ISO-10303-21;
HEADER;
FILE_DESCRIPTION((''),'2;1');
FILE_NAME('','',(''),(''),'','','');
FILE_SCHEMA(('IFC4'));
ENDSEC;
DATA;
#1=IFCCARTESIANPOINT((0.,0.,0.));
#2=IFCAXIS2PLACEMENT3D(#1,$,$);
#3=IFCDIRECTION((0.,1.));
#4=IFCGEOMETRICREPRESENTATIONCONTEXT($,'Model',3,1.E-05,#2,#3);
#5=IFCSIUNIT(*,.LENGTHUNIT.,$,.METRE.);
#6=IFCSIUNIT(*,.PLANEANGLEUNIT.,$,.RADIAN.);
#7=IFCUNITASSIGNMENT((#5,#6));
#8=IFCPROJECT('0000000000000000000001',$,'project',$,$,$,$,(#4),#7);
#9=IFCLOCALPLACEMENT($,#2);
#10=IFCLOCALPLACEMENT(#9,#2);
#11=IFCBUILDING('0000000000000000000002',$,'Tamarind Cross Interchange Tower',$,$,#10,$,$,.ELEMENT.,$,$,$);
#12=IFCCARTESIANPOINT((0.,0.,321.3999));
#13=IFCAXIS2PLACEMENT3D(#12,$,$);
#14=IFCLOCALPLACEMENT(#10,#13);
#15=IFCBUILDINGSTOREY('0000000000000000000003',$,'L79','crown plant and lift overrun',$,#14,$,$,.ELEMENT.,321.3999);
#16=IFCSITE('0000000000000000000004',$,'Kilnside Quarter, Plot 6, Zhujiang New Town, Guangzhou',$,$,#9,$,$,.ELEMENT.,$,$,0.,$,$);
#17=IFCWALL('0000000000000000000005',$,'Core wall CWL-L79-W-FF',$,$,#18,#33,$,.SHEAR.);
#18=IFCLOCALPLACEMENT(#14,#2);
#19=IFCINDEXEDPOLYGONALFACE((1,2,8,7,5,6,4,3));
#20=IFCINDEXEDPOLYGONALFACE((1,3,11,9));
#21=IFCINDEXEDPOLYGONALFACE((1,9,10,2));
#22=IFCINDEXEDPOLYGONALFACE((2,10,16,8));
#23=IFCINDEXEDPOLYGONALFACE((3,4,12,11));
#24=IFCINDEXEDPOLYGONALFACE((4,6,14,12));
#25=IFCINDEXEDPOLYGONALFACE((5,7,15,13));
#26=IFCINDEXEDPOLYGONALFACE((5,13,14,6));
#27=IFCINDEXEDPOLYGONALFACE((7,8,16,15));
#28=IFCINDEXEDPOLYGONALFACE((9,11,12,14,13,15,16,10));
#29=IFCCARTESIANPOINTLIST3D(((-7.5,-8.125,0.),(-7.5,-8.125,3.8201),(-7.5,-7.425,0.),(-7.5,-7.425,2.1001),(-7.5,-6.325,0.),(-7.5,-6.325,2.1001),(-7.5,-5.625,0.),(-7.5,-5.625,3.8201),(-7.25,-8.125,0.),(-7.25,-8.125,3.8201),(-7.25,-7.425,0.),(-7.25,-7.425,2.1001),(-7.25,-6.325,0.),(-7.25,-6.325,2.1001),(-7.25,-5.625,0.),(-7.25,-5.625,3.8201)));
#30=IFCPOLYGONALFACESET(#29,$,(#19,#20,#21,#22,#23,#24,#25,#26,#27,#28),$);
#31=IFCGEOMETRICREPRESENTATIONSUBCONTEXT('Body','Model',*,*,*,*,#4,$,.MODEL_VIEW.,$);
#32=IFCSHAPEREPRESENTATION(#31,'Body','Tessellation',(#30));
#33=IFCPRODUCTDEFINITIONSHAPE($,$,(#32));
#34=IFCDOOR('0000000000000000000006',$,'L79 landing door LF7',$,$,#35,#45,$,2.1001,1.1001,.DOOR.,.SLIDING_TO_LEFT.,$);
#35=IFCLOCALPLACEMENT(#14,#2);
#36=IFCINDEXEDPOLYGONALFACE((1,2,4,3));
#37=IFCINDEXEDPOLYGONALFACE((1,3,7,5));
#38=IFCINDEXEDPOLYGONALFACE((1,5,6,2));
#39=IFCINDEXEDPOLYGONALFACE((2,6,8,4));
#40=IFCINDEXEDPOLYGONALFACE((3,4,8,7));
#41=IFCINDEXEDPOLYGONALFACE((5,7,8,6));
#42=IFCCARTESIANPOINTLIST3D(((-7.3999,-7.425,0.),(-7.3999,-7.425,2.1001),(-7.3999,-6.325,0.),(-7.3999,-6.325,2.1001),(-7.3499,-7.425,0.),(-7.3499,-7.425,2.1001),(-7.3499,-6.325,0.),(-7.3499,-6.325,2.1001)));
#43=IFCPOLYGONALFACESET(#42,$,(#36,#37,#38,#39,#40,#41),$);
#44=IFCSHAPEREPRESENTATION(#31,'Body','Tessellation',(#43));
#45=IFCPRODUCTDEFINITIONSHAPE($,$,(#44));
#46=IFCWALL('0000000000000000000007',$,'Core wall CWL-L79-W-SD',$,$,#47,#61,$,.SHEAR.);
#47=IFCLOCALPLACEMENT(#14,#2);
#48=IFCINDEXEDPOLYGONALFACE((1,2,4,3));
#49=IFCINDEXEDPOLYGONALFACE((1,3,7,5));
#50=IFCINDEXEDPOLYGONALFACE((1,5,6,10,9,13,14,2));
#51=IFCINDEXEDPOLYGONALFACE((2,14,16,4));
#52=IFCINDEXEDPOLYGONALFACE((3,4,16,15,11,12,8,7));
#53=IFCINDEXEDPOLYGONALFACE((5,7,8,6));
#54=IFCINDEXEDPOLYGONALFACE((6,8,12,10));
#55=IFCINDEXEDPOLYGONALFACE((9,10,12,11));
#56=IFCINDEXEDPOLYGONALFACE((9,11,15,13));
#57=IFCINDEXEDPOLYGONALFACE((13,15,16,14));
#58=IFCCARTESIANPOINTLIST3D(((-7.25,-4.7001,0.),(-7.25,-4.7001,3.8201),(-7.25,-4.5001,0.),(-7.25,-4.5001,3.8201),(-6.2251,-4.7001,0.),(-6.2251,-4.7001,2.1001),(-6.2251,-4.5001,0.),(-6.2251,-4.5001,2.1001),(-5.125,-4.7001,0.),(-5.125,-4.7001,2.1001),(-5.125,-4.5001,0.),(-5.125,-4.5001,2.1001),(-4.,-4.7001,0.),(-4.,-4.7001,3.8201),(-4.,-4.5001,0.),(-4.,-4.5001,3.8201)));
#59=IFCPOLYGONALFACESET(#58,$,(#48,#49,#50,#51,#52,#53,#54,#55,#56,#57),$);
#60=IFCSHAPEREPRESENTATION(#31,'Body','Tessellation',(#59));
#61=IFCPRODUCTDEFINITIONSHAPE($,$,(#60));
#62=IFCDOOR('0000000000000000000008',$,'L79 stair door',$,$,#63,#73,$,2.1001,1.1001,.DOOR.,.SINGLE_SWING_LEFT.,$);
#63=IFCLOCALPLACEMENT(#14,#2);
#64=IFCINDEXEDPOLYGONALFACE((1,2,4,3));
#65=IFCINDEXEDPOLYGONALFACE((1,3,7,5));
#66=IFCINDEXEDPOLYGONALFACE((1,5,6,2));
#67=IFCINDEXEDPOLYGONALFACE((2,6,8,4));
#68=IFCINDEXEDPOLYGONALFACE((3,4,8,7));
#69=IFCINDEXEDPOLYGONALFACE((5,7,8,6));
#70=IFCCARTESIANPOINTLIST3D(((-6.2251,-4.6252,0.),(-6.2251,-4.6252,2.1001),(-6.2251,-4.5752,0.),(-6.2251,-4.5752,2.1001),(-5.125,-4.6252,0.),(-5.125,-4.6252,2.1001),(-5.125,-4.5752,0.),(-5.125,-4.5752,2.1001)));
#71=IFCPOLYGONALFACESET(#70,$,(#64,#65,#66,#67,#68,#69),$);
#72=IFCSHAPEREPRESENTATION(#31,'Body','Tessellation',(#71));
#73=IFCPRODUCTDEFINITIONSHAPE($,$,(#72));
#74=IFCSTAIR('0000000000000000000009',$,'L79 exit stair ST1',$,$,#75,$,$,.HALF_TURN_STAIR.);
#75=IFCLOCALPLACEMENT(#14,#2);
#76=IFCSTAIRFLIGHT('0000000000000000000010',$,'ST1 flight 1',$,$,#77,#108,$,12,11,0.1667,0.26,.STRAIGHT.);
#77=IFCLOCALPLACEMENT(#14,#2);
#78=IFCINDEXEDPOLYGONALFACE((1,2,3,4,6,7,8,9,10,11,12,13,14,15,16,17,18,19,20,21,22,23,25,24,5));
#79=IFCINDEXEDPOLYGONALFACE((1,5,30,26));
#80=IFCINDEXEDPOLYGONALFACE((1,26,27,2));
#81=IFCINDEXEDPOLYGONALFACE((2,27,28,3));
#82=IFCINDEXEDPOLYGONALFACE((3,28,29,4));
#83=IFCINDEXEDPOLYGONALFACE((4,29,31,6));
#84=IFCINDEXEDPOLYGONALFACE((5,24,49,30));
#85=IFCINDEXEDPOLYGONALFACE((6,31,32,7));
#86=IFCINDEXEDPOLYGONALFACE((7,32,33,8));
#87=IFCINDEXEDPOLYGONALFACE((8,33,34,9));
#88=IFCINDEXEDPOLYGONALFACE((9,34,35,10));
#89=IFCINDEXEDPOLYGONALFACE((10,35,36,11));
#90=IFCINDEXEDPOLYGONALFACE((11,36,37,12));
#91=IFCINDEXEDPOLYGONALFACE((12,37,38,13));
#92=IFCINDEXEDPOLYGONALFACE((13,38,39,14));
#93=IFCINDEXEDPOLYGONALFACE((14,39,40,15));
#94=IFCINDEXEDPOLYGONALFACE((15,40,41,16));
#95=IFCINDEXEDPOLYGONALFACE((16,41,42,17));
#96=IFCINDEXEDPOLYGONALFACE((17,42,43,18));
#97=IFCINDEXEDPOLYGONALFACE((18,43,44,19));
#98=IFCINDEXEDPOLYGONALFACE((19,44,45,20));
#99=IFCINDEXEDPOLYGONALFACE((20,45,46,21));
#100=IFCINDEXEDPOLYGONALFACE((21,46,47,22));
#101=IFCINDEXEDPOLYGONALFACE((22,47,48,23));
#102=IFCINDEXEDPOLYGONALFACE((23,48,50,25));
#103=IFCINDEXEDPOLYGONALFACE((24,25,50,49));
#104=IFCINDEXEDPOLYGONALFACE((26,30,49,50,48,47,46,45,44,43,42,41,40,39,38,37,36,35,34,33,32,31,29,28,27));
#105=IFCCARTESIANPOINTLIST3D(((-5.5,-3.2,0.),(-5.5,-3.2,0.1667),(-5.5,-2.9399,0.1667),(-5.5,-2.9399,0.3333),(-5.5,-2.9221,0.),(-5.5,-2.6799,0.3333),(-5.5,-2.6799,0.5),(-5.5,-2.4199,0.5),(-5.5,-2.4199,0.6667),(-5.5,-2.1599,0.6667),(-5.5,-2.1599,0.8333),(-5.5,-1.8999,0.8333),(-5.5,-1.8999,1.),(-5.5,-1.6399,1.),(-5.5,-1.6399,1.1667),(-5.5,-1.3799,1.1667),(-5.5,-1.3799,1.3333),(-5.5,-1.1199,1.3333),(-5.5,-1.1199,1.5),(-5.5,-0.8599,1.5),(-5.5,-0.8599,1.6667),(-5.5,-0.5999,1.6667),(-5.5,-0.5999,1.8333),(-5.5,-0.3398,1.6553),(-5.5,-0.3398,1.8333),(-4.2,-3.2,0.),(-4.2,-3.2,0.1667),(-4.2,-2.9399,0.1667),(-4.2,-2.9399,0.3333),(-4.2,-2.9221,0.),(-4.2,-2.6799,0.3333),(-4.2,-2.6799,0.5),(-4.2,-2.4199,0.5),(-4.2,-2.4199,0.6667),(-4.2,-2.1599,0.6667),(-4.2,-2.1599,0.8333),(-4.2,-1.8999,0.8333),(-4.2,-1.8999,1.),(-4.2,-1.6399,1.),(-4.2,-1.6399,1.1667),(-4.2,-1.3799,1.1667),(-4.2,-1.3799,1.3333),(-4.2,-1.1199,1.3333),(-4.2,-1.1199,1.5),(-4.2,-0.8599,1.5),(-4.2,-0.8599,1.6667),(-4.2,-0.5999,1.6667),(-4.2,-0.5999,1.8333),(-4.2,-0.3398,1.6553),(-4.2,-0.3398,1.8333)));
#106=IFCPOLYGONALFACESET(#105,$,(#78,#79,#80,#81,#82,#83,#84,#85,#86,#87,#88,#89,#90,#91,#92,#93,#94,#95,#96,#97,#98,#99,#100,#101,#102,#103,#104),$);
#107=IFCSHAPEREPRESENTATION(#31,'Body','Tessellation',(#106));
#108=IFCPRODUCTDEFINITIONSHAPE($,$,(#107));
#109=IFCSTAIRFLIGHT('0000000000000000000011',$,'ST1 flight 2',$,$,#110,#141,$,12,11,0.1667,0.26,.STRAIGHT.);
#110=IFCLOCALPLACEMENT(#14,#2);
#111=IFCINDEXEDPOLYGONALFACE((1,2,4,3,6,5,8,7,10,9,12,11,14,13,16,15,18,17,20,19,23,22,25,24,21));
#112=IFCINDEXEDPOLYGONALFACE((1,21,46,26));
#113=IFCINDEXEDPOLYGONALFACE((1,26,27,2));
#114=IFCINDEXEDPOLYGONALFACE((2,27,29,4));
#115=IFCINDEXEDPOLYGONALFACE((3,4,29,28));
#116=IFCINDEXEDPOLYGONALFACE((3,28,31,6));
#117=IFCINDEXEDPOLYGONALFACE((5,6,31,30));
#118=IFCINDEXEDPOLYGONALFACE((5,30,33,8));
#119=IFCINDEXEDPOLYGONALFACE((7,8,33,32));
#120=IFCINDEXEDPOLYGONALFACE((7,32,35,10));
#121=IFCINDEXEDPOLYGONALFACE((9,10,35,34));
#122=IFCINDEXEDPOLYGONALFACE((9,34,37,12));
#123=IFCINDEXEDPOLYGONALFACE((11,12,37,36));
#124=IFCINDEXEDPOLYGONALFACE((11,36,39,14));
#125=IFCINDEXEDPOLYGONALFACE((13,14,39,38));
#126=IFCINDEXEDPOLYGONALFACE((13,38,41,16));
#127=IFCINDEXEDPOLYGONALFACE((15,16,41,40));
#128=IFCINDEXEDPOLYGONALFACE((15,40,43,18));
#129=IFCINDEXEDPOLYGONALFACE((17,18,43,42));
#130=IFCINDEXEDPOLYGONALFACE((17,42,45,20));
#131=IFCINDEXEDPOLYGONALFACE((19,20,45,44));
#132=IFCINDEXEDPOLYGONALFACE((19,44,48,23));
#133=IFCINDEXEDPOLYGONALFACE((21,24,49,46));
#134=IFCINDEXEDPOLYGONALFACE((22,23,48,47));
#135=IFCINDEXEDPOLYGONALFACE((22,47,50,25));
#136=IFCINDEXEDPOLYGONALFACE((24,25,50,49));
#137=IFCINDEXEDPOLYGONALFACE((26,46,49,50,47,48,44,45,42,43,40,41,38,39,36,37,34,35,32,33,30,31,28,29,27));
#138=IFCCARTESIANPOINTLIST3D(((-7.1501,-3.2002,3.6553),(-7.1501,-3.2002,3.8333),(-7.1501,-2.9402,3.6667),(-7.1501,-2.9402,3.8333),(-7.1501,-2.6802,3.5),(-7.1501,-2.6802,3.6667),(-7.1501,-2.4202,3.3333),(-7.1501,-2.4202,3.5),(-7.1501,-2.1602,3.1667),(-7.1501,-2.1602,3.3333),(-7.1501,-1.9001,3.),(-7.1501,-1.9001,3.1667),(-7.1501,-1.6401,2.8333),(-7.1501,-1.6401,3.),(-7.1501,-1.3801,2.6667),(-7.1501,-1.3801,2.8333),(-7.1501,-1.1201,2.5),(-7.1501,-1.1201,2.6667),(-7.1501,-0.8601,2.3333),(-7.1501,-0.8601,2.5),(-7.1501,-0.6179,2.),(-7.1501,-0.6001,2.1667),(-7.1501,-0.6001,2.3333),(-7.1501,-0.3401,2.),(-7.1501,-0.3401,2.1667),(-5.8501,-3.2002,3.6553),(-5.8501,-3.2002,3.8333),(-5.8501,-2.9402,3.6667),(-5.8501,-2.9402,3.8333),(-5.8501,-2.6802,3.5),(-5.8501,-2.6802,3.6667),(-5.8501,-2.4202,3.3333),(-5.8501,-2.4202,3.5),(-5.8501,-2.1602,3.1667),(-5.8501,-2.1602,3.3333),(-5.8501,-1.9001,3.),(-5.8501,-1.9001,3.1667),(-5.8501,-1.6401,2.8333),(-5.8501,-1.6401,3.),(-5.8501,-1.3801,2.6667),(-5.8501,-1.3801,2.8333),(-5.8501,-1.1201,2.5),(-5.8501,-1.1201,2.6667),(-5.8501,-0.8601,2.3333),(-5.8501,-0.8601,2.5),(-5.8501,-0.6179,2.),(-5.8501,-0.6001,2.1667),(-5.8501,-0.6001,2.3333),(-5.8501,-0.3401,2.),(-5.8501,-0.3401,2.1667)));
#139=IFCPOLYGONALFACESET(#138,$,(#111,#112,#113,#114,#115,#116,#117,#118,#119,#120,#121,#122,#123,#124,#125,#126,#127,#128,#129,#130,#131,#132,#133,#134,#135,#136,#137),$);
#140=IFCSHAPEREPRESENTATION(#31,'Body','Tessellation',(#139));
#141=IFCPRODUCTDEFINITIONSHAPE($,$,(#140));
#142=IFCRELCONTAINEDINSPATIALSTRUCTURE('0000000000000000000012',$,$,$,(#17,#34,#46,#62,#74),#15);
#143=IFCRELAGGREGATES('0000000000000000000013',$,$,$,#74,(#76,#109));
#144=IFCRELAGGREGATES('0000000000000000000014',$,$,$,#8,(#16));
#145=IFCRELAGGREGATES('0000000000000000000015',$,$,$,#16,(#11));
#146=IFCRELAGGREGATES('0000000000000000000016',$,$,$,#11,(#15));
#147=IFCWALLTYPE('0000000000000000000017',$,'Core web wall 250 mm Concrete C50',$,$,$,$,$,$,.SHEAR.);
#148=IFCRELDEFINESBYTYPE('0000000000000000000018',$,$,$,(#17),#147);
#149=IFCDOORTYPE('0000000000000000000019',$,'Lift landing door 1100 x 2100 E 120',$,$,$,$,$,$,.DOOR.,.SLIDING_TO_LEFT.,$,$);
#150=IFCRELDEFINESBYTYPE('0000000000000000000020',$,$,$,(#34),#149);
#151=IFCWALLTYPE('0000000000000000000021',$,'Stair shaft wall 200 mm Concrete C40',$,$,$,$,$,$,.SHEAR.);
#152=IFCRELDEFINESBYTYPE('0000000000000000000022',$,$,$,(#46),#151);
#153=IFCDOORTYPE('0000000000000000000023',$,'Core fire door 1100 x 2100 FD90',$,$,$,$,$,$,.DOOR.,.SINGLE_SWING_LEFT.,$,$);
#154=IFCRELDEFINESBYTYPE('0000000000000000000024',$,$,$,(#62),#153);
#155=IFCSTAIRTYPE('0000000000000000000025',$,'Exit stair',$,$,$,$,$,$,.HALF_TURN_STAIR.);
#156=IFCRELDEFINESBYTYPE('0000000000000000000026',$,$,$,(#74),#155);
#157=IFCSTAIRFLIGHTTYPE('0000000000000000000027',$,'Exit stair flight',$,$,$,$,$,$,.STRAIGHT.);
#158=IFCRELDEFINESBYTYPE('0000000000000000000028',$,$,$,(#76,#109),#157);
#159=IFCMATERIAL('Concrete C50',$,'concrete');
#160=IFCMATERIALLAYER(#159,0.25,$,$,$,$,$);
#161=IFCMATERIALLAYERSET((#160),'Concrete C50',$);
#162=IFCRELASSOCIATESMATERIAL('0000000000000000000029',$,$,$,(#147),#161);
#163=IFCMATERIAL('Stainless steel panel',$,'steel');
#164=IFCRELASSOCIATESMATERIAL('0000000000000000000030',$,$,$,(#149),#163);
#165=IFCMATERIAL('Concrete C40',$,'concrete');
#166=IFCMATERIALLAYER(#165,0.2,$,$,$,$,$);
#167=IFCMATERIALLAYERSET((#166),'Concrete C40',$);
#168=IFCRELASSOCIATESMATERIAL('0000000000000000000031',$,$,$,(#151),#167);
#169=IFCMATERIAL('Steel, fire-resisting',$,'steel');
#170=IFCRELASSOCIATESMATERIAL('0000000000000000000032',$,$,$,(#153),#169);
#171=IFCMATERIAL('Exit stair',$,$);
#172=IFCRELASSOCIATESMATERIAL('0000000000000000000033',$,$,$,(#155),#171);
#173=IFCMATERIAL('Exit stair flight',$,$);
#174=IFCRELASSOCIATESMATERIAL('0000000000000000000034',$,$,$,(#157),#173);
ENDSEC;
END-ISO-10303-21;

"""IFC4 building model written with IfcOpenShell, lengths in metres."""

from ifc_helpers import new_model, si_unit, direction, frame, frame_2d, origin, place, context, subcontext, project, spatial, polyline, rectangle, outline, extrude, material, layer, layer_set, type_object, element, fill, aggregate, save


model = new_model("IFC4")

# Units and contexts
model_context = context("Model", 3, precision=1e-05, world=origin(), true_north=direction((0.0, 1.0)))
body_context = subcontext(model_context, "Body", "Model", "MODEL_VIEW")
ifc_project = project(units=[si_unit("LENGTHUNIT", "METRE"), si_unit("PLANEANGLEUNIT", "RADIAN")], contexts=[model_context])

# Site, building, storey
site_placement = place(None, origin())
site = spatial("IfcSite", under=ifc_project, at=site_placement, Name="Kilnside Quarter, Plot 6, Zhujiang New Town, Guangzhou", CompositionType="ELEMENT", RefElevation=0.0)
building_placement = place(site_placement, origin())
building = spatial("IfcBuilding", under=site, at=building_placement, Name="Tamarind Cross Interchange Tower", CompositionType="ELEMENT")
storey_placement = place(building_placement, frame((0.0, 0.0, 321.3999)))
storey = spatial("IfcBuildingStorey", under=building, at=storey_placement, Name="L79", Description="crown plant and lift overrun", CompositionType="ELEMENT", Elevation=321.3999)

# Shared definitions
ifc_material_1 = material(Name="Concrete C50", Category="concrete")
ifc_material_2 = material(Name="Steel, fire-resisting", Category="steel")

# Walls, openings, doors
ifc_layer_1 = layer(ifc_material_1, 0.25)
ifc_layer_set_1 = layer_set([ifc_layer_1], Name="Concrete C50")
wall_type_1 = type_object("IfcWallType", Name="Core web wall 250 mm Concrete C50", PredefinedType="SHEAR", material=ifc_layer_set_1)
wall_1_placement = place(storey_placement, frame((-7.375, -8.125, 0.0), z_axis=(0.0, 0.0, 1.0), x_axis=(0.0, 1.0, 0.0)))
wall_1 = element("IfcWall", 1, at=wall_1_placement, inside=storey, type_object=wall_type_1, Name="Core wall CWL-L79-W-FF", PredefinedType="SHEAR", context=body_context, shape_type="SweptSolid", body=[
    extrude(rectangle(XDim=2.5, YDim=0.25, at=frame_2d((1.25, 0.0))), origin(), (0.0, 0.0, 1.0), 3.8201),
])
opening_1_placement = place(wall_1_placement, frame((0.7, 0.0, 0.0)))
opening_1 = element("IfcOpeningElement", 2, at=opening_1_placement, cuts=wall_1, PredefinedType="OPENING", context=body_context, shape_type="SweptSolid", body=[
    extrude(rectangle(XDim=1.1001, YDim=2.1001, at=frame_2d((0.55, 1.05))), frame((0.0, 0.135, 0.0), z_axis=(0.0, -1.0, 0.0), x_axis=(1.0, 0.0, 0.0)), (0.0, 0.0, 1.0), 0.27),
])
ifc_material_3 = material(Name="Stainless steel panel", Category="steel")
door_type_1 = type_object("IfcDoorType", Name="Lift landing door 1100 x 2100 E 120", OperationType="SLIDING_TO_LEFT", PredefinedType="DOOR", material=ifc_material_3)
door_1_placement = place(opening_1_placement, origin())
door_1 = element("IfcDoor", 3, at=door_1_placement, inside=storey, type_object=door_type_1, Name="L79 landing door LF7", OperationType="SLIDING_TO_LEFT", OverallHeight=2.1001, OverallWidth=1.1001, PredefinedType="DOOR", context=body_context, shape_type="SweptSolid", body=[
    extrude(rectangle(XDim=1.1001, YDim=2.1001, at=frame_2d((0.55, 1.05))), frame((0.0, 0.0249, 0.0), z_axis=(0.0, -1.0, 0.0), x_axis=(1.0, 0.0, 0.0)), (0.0, 0.0, 1.0), 0.05),
])
fill(opening_1, door_1)
ifc_material_4 = material(Name="Concrete C40", Category="concrete")
ifc_layer_2 = layer(ifc_material_4, 0.2)
ifc_layer_set_2 = layer_set([ifc_layer_2], Name="Concrete C40")
wall_type_2 = type_object("IfcWallType", Name="Stair shaft wall 200 mm Concrete C40", PredefinedType="SHEAR", material=ifc_layer_set_2)
wall_2_placement = place(storey_placement, frame((-7.25, -4.6001, 0.0), z_axis=(0.0, 0.0, 1.0), x_axis=(1.0, 0.0, 0.0)))
wall_2 = element("IfcWall", 4, at=wall_2_placement, inside=storey, type_object=wall_type_2, Name="Core wall CWL-L79-W-SD", PredefinedType="SHEAR", context=body_context, shape_type="SweptSolid", body=[
    extrude(rectangle(XDim=3.25, YDim=0.2, at=frame_2d((1.625, 0.0))), origin(), (0.0, 0.0, 1.0), 3.8201),
])
opening_2_placement = place(wall_2_placement, frame((1.0249, 0.0, 0.0)))
opening_2 = element("IfcOpeningElement", 5, at=opening_2_placement, cuts=wall_2, PredefinedType="OPENING", context=body_context, shape_type="SweptSolid", body=[
    extrude(rectangle(XDim=1.1001, YDim=2.1001, at=frame_2d((0.55, 1.05))), frame((0.0, 0.1099, 0.0), z_axis=(0.0, -1.0, 0.0), x_axis=(1.0, 0.0, 0.0)), (0.0, 0.0, 1.0), 0.22),
])
door_type_2 = type_object("IfcDoorType", Name="Core fire door 1100 x 2100 FD90", OperationType="SINGLE_SWING_LEFT", PredefinedType="DOOR", material=ifc_material_2)
door_2_placement = place(opening_2_placement, origin())
door_2 = element("IfcDoor", 6, at=door_2_placement, inside=storey, type_object=door_type_2, Name="L79 stair door", OperationType="SINGLE_SWING_LEFT", OverallHeight=2.1001, OverallWidth=1.1001, PredefinedType="DOOR", context=body_context, shape_type="SweptSolid", body=[
    extrude(rectangle(XDim=1.1001, YDim=2.1001, at=frame_2d((0.55, 1.05))), frame((0.0, 0.0249, 0.0), z_axis=(0.0, -1.0, 0.0), x_axis=(1.0, 0.0, 0.0)), (0.0, 0.0, 1.0), 0.05),
])
fill(opening_2, door_2)

# Stair, stair flights
ifc_material_5 = material(Name="Exit stair")
stair_type = type_object("IfcStairType", Name="Exit stair", PredefinedType="HALF_TURN_STAIR", material=ifc_material_5)
stair_placement = place(storey_placement, origin())
stair = element("IfcStair", 7, at=stair_placement, inside=storey, type_object=stair_type, Name="L79 exit stair ST1", PredefinedType="HALF_TURN_STAIR")
ifc_material_6 = material(Name="Exit stair flight")
stair_flight_type = type_object("IfcStairFlightType", Name="Exit stair flight", PredefinedType="STRAIGHT", material=ifc_material_6)
stair_flight_1_placement = place(storey_placement, frame((-4.8501, -3.2, 0.0), z_axis=(0.0, 0.0, 1.0), x_axis=(0.0, 1.0, 0.0)))
stair_flight_1 = element("IfcStairFlight", 8, at=stair_flight_1_placement, type_object=stair_flight_type, Name="ST1 flight 1", NumberOfRisers=12, NumberOfTreads=11, PredefinedType="STRAIGHT", RiserHeight=0.1667, TreadLength=0.26, context=body_context, shape_type="SweptSolid", body=[
    extrude(outline(polyline([(0.0, 0.0), (0.0, 0.1667), (0.26, 0.1667), (0.26, 0.3333), (0.52, 0.3333), (0.52, 0.5), (0.78, 0.5), (0.78, 0.6667), (1.04, 0.6667), (1.04, 0.8333), (1.3, 0.8333), (1.3, 1.0), (1.5601, 1.0), (1.5601, 1.1667), (1.8201, 1.1667), (1.8201, 1.3333), (2.0801, 1.3333), (2.0801, 1.5), (2.3401, 1.5), (2.3401, 1.6667), (2.6001, 1.6667), (2.6001, 1.8333), (2.8601, 1.8333), (2.8601, 2.0), (2.8601, 1.6553), (0.2778, 0.0), (0.0, 0.0)])), frame((0.0, 0.6499, 0.0), z_axis=(0.0, -1.0, 0.0), x_axis=(1.0, 0.0, 0.0)), (0.0, 0.0, 1.0), 1.3),
])
stair_flight_2_placement = place(storey_placement, frame((-6.5, -0.3401, 2.0), z_axis=(0.0, 0.0, 1.0), x_axis=(0.0, -1.0, 0.0)))
stair_flight_2 = element("IfcStairFlight", 9, at=stair_flight_2_placement, type_object=stair_flight_type, Name="ST1 flight 2", NumberOfRisers=12, NumberOfTreads=11, PredefinedType="STRAIGHT", RiserHeight=0.1667, TreadLength=0.26, context=body_context, shape_type="SweptSolid", body=[
    extrude(outline(polyline([(0.0, 0.0), (0.0, 0.1667), (0.26, 0.1667), (0.26, 0.3333), (0.52, 0.3333), (0.52, 0.5), (0.78, 0.5), (0.78, 0.6667), (1.04, 0.6667), (1.04, 0.8333), (1.3, 0.8333), (1.3, 1.0), (1.5601, 1.0), (1.5601, 1.1667), (1.8201, 1.1667), (1.8201, 1.3333), (2.0801, 1.3333), (2.0801, 1.5), (2.3401, 1.5), (2.3401, 1.6667), (2.6001, 1.6667), (2.6001, 1.8333), (2.8601, 1.8333), (2.8601, 2.0), (2.8601, 1.6553), (0.2778, 0.0), (0.0, 0.0)])), frame((0.0, 0.6499, 0.0), z_axis=(0.0, -1.0, 0.0), x_axis=(1.0, 0.0, 0.0)), (0.0, 0.0, 1.0), 1.3),
])
aggregate(stair, [stair_flight_1, stair_flight_2])

save(model, "model.ifc")
